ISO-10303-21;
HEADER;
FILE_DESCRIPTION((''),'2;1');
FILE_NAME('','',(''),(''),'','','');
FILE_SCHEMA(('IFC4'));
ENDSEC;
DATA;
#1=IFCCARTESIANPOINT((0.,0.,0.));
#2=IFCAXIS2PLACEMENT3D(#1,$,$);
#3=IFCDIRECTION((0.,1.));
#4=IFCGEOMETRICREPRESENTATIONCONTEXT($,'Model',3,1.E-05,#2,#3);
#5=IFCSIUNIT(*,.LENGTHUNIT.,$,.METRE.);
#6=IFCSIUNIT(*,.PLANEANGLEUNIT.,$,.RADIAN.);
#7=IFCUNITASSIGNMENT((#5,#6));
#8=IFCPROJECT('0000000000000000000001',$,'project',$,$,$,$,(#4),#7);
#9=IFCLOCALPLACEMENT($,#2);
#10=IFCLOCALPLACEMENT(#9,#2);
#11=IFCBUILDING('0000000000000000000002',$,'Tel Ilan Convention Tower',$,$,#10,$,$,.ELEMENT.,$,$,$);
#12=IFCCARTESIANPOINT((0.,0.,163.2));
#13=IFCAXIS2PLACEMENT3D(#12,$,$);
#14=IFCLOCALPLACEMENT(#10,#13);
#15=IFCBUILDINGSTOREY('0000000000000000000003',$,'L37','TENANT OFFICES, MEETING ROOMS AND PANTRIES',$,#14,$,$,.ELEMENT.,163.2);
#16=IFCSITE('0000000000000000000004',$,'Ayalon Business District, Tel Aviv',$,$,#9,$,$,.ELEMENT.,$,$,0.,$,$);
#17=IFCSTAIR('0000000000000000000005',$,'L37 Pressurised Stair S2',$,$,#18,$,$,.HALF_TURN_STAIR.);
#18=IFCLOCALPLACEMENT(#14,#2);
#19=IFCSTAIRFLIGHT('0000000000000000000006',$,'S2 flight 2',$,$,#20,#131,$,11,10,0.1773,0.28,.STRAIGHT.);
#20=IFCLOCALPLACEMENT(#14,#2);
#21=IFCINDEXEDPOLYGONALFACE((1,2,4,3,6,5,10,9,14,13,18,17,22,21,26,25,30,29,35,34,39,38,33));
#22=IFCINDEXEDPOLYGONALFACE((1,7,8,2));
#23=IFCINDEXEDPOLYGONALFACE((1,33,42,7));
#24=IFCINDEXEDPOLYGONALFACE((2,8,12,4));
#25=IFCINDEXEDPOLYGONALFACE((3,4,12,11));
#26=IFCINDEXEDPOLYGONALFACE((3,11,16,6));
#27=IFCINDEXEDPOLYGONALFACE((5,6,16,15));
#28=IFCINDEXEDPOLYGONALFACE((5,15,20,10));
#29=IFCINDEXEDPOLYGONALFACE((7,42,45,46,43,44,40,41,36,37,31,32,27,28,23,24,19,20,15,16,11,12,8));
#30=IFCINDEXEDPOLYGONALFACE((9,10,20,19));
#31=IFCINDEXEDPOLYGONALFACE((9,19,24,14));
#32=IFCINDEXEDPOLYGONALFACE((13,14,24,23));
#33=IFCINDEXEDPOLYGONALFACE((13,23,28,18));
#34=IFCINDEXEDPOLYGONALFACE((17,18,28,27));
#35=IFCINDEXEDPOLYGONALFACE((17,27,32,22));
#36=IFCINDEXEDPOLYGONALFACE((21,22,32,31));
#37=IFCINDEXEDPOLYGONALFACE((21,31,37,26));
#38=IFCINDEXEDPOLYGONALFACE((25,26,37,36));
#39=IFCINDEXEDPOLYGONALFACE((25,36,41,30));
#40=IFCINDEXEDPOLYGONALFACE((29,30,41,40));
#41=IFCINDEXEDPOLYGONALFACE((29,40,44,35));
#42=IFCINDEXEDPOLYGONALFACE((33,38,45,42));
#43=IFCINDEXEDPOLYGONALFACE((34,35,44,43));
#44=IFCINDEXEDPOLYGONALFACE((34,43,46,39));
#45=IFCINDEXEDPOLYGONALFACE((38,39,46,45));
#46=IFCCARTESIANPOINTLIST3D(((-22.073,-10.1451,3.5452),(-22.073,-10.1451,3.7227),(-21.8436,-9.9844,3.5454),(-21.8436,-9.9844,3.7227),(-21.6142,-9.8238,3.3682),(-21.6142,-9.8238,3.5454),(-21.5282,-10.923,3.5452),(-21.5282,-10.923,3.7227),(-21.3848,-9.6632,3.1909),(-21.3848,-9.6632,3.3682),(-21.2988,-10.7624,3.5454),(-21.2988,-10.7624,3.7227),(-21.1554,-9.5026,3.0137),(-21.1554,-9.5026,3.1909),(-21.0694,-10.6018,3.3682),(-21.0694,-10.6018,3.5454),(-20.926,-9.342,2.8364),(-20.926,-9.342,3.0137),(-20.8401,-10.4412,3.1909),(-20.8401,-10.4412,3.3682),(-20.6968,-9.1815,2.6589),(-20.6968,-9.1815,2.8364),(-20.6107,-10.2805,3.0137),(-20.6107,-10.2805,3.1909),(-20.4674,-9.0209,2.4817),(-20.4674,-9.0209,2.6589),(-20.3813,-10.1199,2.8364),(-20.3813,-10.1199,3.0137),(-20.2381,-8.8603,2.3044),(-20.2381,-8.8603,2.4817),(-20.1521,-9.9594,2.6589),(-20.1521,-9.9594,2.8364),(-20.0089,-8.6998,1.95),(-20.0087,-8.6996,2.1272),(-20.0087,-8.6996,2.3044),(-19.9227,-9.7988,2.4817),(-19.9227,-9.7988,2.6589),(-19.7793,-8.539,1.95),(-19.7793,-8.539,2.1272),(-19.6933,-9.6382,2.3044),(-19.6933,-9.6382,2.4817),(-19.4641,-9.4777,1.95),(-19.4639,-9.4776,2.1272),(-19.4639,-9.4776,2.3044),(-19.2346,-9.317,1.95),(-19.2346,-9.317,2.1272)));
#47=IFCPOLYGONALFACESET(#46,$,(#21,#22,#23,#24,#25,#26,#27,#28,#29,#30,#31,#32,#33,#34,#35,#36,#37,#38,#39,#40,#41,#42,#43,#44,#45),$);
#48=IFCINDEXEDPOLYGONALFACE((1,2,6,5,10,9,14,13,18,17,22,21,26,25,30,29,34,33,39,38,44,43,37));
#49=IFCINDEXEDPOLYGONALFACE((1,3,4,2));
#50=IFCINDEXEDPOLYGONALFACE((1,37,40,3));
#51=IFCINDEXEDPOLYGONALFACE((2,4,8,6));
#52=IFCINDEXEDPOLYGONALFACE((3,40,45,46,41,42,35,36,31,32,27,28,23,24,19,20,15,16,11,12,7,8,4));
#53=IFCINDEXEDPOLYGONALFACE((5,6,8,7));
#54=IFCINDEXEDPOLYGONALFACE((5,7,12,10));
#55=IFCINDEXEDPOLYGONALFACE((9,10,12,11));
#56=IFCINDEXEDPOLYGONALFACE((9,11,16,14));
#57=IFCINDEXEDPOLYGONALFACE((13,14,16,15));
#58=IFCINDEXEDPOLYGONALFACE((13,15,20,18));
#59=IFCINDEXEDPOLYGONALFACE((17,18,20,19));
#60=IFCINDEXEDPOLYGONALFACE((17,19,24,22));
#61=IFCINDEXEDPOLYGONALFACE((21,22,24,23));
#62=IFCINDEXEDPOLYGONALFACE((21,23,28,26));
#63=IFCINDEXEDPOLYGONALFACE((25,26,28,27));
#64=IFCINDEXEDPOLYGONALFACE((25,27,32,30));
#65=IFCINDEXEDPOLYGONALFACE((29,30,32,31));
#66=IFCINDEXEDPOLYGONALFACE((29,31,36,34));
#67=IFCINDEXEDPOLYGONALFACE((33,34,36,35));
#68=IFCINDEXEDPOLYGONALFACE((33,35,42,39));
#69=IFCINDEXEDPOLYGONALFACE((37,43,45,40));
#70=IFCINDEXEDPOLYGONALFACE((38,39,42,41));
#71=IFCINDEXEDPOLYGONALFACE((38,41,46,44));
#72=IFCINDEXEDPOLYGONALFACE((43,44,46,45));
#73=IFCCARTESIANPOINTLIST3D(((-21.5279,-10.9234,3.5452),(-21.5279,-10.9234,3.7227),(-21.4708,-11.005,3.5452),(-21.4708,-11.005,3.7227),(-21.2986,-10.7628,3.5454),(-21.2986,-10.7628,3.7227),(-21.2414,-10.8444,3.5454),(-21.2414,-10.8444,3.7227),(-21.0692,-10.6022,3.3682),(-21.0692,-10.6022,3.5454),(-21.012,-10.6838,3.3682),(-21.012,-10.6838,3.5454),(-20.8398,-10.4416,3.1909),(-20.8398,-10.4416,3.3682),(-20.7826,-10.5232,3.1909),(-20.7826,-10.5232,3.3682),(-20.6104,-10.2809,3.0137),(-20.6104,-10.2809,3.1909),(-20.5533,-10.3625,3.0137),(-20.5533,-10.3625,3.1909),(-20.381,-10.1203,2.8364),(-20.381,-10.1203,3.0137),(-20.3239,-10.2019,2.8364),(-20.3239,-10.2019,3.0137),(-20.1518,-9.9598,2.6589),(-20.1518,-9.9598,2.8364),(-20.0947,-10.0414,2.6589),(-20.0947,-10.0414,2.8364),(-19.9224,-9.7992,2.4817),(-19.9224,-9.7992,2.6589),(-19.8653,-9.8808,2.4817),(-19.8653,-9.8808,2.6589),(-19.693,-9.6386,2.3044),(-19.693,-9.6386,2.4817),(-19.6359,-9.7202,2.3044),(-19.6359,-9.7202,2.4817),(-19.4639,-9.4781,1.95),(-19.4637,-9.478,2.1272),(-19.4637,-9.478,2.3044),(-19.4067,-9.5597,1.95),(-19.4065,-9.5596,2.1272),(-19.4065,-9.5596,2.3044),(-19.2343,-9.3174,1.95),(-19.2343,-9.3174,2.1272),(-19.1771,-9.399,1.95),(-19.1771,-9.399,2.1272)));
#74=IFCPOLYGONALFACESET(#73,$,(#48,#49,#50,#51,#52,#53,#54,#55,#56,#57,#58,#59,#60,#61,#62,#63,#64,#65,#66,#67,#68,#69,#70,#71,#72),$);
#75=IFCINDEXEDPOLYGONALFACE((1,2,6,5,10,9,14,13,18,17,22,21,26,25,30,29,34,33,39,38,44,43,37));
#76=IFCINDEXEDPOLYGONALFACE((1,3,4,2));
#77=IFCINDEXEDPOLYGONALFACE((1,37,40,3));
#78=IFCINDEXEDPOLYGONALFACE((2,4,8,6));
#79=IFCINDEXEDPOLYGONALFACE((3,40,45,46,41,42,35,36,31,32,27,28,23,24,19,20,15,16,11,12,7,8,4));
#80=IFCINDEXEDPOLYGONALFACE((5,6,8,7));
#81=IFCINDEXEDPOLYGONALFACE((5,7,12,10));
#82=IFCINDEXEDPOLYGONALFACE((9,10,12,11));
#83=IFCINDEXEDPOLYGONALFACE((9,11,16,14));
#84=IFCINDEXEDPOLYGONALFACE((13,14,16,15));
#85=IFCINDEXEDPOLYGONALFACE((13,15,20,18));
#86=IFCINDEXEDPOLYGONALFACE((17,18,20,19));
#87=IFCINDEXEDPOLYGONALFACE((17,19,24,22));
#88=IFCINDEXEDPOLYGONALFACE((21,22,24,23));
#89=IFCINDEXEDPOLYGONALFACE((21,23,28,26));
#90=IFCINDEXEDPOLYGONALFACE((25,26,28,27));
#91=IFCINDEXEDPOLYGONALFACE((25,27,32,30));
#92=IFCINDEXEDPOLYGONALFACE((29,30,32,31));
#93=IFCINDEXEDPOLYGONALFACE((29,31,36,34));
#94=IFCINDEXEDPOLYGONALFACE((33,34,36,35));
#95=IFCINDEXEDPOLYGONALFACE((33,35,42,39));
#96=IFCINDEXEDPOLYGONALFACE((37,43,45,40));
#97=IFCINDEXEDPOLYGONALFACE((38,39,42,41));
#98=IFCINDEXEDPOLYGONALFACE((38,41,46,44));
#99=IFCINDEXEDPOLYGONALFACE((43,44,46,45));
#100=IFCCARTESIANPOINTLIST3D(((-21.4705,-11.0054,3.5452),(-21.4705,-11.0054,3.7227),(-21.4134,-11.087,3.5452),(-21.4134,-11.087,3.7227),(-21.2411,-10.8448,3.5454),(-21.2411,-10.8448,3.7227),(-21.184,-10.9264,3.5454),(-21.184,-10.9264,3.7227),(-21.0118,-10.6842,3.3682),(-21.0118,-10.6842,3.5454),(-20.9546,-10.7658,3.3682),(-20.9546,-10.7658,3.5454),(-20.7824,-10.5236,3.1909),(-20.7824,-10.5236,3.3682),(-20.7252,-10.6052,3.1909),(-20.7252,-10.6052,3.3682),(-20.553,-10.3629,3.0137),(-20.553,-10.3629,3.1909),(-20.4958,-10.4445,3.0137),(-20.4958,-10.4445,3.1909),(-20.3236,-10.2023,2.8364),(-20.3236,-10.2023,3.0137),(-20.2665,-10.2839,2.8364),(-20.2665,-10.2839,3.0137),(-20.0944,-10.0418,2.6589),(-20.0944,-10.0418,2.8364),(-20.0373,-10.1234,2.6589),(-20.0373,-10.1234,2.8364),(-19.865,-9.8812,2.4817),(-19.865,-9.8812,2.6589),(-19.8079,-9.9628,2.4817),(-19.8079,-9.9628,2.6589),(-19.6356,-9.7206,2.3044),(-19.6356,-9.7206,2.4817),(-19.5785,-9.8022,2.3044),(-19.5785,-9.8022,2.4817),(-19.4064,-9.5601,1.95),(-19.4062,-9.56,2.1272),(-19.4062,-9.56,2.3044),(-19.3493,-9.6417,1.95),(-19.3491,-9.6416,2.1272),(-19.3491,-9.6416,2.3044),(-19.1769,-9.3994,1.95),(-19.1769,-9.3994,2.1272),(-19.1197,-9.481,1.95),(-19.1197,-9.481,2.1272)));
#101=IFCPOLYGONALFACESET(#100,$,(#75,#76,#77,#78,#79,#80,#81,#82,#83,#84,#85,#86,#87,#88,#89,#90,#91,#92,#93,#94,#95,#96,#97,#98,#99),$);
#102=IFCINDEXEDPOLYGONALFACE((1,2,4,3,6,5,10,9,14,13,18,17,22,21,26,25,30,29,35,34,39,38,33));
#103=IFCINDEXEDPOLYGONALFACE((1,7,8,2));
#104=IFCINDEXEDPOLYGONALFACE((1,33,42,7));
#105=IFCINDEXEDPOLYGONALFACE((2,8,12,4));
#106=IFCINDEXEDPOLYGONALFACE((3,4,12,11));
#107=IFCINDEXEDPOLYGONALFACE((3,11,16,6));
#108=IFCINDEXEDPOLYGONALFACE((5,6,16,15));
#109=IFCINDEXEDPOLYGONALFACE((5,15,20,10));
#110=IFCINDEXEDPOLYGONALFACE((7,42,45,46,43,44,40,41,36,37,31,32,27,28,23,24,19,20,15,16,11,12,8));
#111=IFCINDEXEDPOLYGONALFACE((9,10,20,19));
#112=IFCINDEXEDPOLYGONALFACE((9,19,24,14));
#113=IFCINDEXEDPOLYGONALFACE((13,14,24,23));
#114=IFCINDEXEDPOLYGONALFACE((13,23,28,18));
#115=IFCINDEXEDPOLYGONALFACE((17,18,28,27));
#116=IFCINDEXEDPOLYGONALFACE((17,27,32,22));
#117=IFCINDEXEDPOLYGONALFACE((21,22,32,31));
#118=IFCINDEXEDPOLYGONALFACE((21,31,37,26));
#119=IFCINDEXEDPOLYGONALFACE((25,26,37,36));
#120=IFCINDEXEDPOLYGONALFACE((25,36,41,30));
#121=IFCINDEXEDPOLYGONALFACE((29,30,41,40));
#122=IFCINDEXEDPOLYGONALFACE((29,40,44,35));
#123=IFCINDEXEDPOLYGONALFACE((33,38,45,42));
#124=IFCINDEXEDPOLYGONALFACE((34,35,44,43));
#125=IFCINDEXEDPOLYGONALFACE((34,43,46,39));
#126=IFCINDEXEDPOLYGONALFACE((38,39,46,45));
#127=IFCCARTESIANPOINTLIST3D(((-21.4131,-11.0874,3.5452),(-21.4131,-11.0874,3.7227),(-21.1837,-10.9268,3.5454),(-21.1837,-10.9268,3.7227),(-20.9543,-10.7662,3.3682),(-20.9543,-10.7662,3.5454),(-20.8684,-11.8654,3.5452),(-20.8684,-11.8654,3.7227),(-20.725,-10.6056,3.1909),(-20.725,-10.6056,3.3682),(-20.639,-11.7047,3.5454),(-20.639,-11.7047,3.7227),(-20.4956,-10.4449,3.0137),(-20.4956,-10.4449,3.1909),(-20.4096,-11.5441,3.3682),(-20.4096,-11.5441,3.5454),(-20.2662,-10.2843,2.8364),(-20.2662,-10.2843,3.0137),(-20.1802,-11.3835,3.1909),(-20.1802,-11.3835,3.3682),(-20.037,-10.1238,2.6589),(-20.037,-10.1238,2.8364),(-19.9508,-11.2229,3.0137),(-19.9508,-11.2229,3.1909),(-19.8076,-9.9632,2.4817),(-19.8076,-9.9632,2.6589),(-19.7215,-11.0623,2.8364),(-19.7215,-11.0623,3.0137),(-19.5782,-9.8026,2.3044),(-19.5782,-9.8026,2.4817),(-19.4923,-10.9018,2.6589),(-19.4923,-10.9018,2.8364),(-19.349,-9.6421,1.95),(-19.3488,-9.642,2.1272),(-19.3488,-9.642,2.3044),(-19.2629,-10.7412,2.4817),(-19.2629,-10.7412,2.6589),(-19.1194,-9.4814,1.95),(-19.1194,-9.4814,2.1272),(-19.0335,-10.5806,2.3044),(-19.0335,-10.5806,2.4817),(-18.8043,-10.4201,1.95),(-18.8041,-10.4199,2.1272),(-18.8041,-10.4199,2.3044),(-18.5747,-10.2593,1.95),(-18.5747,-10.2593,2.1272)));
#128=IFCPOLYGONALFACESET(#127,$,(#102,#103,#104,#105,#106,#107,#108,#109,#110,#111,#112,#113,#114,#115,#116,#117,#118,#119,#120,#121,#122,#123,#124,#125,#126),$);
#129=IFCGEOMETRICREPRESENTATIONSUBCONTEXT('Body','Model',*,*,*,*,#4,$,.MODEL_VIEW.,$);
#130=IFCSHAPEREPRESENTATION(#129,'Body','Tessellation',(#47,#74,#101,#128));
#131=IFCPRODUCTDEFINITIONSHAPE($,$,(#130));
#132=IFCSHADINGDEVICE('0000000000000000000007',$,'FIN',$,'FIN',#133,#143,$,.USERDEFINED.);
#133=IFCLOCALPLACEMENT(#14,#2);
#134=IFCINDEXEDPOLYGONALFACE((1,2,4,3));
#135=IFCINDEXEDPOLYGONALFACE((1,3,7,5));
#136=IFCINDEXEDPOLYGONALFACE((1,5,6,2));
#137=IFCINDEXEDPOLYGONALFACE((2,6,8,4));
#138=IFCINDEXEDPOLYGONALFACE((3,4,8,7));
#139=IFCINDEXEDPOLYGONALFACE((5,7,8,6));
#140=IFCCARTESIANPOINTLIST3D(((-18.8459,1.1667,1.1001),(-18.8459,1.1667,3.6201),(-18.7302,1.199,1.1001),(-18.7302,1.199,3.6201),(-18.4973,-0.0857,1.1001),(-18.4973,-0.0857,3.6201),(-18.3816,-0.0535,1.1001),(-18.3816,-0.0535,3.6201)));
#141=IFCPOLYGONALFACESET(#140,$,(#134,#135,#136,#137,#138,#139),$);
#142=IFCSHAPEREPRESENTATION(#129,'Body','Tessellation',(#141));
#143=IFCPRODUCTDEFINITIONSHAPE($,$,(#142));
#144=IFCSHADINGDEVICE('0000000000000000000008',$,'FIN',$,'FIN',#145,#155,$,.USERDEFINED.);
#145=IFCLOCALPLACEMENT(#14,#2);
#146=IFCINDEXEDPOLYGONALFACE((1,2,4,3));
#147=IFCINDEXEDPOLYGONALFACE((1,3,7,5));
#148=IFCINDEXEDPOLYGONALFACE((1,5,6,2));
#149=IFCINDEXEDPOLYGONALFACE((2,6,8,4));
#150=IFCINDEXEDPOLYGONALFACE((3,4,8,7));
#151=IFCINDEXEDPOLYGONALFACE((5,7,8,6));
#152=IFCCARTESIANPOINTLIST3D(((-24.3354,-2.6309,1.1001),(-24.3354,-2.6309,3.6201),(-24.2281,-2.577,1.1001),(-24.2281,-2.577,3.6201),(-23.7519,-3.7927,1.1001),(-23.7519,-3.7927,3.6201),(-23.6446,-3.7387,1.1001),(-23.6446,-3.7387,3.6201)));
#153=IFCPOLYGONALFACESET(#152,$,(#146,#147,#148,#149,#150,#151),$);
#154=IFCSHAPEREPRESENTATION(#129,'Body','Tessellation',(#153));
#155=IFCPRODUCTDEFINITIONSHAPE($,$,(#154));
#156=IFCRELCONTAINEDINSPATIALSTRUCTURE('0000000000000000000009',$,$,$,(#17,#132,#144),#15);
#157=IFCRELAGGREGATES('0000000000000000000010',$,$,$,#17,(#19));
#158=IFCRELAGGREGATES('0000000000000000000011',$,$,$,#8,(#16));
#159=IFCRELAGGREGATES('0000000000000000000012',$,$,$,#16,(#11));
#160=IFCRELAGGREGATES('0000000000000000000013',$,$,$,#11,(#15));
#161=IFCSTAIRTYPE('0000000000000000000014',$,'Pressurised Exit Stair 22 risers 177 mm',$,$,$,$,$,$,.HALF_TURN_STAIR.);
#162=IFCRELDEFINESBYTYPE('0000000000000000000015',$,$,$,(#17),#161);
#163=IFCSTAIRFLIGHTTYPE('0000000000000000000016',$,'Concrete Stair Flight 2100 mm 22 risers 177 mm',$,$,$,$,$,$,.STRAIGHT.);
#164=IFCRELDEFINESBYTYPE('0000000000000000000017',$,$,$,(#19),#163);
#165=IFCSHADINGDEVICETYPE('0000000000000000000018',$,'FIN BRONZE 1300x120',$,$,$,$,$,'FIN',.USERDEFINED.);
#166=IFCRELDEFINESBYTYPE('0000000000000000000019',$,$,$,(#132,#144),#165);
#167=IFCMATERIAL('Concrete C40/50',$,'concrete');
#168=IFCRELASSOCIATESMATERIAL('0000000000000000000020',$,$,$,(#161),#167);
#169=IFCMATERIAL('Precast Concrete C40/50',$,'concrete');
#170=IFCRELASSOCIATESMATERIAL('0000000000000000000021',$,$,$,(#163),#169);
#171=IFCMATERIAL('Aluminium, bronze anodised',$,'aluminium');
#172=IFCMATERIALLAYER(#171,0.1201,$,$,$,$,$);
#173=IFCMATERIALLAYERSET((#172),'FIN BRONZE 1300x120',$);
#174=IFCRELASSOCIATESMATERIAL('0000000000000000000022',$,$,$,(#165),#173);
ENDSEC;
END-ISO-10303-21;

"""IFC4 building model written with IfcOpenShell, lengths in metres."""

from ifc_helpers import new_model, si_unit, direction, frame, origin, origin_2d, place, context, subcontext, project, spatial, polyline, rectangle, outline, extrude, material, layer, layer_set, type_object, element, aggregate, save


model = new_model("IFC4")

# Units and contexts
model_context = context("Model", 3, precision=1e-05, world=origin(), true_north=direction((0.0, 1.0)))
body_context = subcontext(model_context, "Body", "Model", "MODEL_VIEW")
ifc_project = project(units=[si_unit("LENGTHUNIT", "METRE"), si_unit("PLANEANGLEUNIT", "RADIAN")], contexts=[model_context])

# Site, building, storey
site_placement = place(None, origin())
site = spatial("IfcSite", under=ifc_project, at=site_placement, Name="Ayalon Business District, Tel Aviv", CompositionType="ELEMENT", RefElevation=0.0)
building_placement = place(site_placement, origin())
building = spatial("IfcBuilding", under=site, at=building_placement, Name="Tel Ilan Convention Tower", CompositionType="ELEMENT")
storey_placement = place(building_placement, frame((0.0, 0.0, 163.2)))
storey = spatial("IfcBuildingStorey", under=building, at=storey_placement, Name="L37", Description="TENANT OFFICES, MEETING ROOMS AND PANTRIES", CompositionType="ELEMENT", Elevation=163.2)

# Stair, stair flight
ifc_material_1 = material(Name="Concrete C40/50", Category="concrete")
stair_type = type_object("IfcStairType", Name="Pressurised Exit Stair 22 risers 177 mm", PredefinedType="HALF_TURN_STAIR", material=ifc_material_1)
ifc_material_2 = material(Name="Precast Concrete C40/50", Category="concrete")
stair_flight_type = type_object("IfcStairFlightType", Name="Concrete Stair Flight 2100 mm 22 risers 177 mm", PredefinedType="STRAIGHT", material=ifc_material_2)
stair_1_placement = place(storey_placement, origin())
stair_1 = element("IfcStair", 1, at=stair_1_placement, inside=storey, type_object=stair_type, Name="L37 Pressurised Stair S2", PredefinedType="HALF_TURN_STAIR")
stair_flight_1_placement = place(storey_placement, frame((-19.177, -9.3992, 1.95), z_axis=(0.0, 0.0, 1.0), x_axis=(-0.819152, -0.573576, 0.0)))
stair_flight_1 = element("IfcStairFlight", 2, at=stair_flight_1_placement, type_object=stair_flight_type, Name="S2 flight 2", NumberOfRisers=11, NumberOfTreads=10, PredefinedType="STRAIGHT", RiserHeight=0.1773, TreadLength=0.28, context=body_context, shape_type="SweptSolid", body=[
    extrude(outline(polyline([(0.0, 0.0), (0.0, 0.1772), (0.28, 0.1772), (0.28, 0.3545), (0.5601, 0.3545), (0.5601, 0.5317), (0.8401, 0.5317), (0.8401, 0.709), (1.1201, 0.709), (1.1201, 0.8865), (1.3999, 0.8865), (1.3999, 1.0637), (1.6799, 1.0637), (1.6799, 1.241), (1.96, 1.241), (1.96, 1.4182), (2.24, 1.4182), (2.24, 1.5955), (2.52, 1.5955), (2.52, 1.7727), (2.8, 1.7727), (2.8, 1.95), (2.8, 1.5952), (0.2803, 0.0), (0.0, 0.0)])), frame((0.0, -0.1003, 0.0), z_axis=(0.0, -1.0, 0.0), x_axis=(1.0, 0.0, 0.0)), (0.0, 0.0, 1.0), 0.9497),
    extrude(outline(polyline([(0.0, 0.0), (0.0, 0.1772), (0.28, 0.1772), (0.28, 0.3545), (0.5601, 0.3545), (0.5601, 0.5317), (0.8401, 0.5317), (0.8401, 0.709), (1.1201, 0.709), (1.1201, 0.8865), (1.3999, 0.8865), (1.3999, 1.0637), (1.6799, 1.0637), (1.6799, 1.241), (1.96, 1.241), (1.96, 1.4182), (2.24, 1.4182), (2.24, 1.5955), (2.52, 1.5955), (2.52, 1.7727), (2.8, 1.7727), (2.8, 1.95), (2.8, 1.5952), (0.2803, 0.0), (0.0, 0.0)])), frame((0.0, -0.0002, 0.0), z_axis=(0.0, -1.0, 0.0), x_axis=(1.0, 0.0, 0.0)), (0.0, 0.0, 1.0), 0.0996),
    extrude(outline(polyline([(0.0, 0.0), (0.0, 0.1772), (0.28, 0.1772), (0.28, 0.3545), (0.5601, 0.3545), (0.5601, 0.5317), (0.8401, 0.5317), (0.8401, 0.709), (1.1201, 0.709), (1.1201, 0.8865), (1.3999, 0.8865), (1.3999, 1.0637), (1.6799, 1.0637), (1.6799, 1.241), (1.96, 1.241), (1.96, 1.4182), (2.24, 1.4182), (2.24, 1.5955), (2.52, 1.5955), (2.52, 1.7727), (2.8, 1.7727), (2.8, 1.95), (2.8, 1.5952), (0.2803, 0.0), (0.0, 0.0)])), frame((0.0, 0.0999, 0.0), z_axis=(0.0, -1.0, 0.0), x_axis=(1.0, 0.0, 0.0)), (0.0, 0.0, 1.0), 0.0996),
    extrude(outline(polyline([(0.0, 0.0), (0.0, 0.1772), (0.28, 0.1772), (0.28, 0.3545), (0.5601, 0.3545), (0.5601, 0.5317), (0.8401, 0.5317), (0.8401, 0.709), (1.1201, 0.709), (1.1201, 0.8865), (1.3999, 0.8865), (1.3999, 1.0637), (1.6799, 1.0637), (1.6799, 1.241), (1.96, 1.241), (1.96, 1.4182), (2.24, 1.4182), (2.24, 1.5955), (2.52, 1.5955), (2.52, 1.7727), (2.8, 1.7727), (2.8, 1.95), (2.8, 1.5952), (0.2803, 0.0), (0.0, 0.0)])), frame((0.0, 1.05, 0.0), z_axis=(0.0, -1.0, 0.0), x_axis=(1.0, 0.0, 0.0)), (0.0, 0.0, 1.0), 0.9497),
])
aggregate(stair_1, [stair_flight_1])

# Shading devices
ifc_material_3 = material(Name="Aluminium, bronze anodised", Category="aluminium")
ifc_layer_1 = layer(ifc_material_3, 0.1201)
ifc_layer_set_1 = layer_set([ifc_layer_1], Name="FIN BRONZE 1300x120")
shading_device_type = type_object("IfcShadingDeviceType", Name="FIN BRONZE 1300x120", ElementType="FIN", PredefinedType="USERDEFINED", material=ifc_layer_set_1)
for number, where, z_axis, x_axis, name in (
    (3, (-18.6138, 0.5566, 1.1001), (0.0, 0.0, 1.0), (-0.268173, 0.963371, 0.0), "FIN"),
    (4, (-23.99, -3.1848, 1.1001), (0.0, 0.0, 1.0), (-0.448799, 0.893633, 0.0), "FIN"),
):
    element("IfcShadingDevice", number, at=place(storey_placement, frame(where, z_axis=z_axis, x_axis=x_axis)), inside=storey, type_object=shading_device_type, Name=name, ObjectType="FIN", PredefinedType="USERDEFINED", context=body_context, shape_type="SweptSolid", body=[
        extrude(rectangle(XDim=1.3, YDim=0.1201, at=origin_2d()), origin(), (0.0, 0.0, 1.0), 2.52),
    ])

save(model, "model.ifc")
